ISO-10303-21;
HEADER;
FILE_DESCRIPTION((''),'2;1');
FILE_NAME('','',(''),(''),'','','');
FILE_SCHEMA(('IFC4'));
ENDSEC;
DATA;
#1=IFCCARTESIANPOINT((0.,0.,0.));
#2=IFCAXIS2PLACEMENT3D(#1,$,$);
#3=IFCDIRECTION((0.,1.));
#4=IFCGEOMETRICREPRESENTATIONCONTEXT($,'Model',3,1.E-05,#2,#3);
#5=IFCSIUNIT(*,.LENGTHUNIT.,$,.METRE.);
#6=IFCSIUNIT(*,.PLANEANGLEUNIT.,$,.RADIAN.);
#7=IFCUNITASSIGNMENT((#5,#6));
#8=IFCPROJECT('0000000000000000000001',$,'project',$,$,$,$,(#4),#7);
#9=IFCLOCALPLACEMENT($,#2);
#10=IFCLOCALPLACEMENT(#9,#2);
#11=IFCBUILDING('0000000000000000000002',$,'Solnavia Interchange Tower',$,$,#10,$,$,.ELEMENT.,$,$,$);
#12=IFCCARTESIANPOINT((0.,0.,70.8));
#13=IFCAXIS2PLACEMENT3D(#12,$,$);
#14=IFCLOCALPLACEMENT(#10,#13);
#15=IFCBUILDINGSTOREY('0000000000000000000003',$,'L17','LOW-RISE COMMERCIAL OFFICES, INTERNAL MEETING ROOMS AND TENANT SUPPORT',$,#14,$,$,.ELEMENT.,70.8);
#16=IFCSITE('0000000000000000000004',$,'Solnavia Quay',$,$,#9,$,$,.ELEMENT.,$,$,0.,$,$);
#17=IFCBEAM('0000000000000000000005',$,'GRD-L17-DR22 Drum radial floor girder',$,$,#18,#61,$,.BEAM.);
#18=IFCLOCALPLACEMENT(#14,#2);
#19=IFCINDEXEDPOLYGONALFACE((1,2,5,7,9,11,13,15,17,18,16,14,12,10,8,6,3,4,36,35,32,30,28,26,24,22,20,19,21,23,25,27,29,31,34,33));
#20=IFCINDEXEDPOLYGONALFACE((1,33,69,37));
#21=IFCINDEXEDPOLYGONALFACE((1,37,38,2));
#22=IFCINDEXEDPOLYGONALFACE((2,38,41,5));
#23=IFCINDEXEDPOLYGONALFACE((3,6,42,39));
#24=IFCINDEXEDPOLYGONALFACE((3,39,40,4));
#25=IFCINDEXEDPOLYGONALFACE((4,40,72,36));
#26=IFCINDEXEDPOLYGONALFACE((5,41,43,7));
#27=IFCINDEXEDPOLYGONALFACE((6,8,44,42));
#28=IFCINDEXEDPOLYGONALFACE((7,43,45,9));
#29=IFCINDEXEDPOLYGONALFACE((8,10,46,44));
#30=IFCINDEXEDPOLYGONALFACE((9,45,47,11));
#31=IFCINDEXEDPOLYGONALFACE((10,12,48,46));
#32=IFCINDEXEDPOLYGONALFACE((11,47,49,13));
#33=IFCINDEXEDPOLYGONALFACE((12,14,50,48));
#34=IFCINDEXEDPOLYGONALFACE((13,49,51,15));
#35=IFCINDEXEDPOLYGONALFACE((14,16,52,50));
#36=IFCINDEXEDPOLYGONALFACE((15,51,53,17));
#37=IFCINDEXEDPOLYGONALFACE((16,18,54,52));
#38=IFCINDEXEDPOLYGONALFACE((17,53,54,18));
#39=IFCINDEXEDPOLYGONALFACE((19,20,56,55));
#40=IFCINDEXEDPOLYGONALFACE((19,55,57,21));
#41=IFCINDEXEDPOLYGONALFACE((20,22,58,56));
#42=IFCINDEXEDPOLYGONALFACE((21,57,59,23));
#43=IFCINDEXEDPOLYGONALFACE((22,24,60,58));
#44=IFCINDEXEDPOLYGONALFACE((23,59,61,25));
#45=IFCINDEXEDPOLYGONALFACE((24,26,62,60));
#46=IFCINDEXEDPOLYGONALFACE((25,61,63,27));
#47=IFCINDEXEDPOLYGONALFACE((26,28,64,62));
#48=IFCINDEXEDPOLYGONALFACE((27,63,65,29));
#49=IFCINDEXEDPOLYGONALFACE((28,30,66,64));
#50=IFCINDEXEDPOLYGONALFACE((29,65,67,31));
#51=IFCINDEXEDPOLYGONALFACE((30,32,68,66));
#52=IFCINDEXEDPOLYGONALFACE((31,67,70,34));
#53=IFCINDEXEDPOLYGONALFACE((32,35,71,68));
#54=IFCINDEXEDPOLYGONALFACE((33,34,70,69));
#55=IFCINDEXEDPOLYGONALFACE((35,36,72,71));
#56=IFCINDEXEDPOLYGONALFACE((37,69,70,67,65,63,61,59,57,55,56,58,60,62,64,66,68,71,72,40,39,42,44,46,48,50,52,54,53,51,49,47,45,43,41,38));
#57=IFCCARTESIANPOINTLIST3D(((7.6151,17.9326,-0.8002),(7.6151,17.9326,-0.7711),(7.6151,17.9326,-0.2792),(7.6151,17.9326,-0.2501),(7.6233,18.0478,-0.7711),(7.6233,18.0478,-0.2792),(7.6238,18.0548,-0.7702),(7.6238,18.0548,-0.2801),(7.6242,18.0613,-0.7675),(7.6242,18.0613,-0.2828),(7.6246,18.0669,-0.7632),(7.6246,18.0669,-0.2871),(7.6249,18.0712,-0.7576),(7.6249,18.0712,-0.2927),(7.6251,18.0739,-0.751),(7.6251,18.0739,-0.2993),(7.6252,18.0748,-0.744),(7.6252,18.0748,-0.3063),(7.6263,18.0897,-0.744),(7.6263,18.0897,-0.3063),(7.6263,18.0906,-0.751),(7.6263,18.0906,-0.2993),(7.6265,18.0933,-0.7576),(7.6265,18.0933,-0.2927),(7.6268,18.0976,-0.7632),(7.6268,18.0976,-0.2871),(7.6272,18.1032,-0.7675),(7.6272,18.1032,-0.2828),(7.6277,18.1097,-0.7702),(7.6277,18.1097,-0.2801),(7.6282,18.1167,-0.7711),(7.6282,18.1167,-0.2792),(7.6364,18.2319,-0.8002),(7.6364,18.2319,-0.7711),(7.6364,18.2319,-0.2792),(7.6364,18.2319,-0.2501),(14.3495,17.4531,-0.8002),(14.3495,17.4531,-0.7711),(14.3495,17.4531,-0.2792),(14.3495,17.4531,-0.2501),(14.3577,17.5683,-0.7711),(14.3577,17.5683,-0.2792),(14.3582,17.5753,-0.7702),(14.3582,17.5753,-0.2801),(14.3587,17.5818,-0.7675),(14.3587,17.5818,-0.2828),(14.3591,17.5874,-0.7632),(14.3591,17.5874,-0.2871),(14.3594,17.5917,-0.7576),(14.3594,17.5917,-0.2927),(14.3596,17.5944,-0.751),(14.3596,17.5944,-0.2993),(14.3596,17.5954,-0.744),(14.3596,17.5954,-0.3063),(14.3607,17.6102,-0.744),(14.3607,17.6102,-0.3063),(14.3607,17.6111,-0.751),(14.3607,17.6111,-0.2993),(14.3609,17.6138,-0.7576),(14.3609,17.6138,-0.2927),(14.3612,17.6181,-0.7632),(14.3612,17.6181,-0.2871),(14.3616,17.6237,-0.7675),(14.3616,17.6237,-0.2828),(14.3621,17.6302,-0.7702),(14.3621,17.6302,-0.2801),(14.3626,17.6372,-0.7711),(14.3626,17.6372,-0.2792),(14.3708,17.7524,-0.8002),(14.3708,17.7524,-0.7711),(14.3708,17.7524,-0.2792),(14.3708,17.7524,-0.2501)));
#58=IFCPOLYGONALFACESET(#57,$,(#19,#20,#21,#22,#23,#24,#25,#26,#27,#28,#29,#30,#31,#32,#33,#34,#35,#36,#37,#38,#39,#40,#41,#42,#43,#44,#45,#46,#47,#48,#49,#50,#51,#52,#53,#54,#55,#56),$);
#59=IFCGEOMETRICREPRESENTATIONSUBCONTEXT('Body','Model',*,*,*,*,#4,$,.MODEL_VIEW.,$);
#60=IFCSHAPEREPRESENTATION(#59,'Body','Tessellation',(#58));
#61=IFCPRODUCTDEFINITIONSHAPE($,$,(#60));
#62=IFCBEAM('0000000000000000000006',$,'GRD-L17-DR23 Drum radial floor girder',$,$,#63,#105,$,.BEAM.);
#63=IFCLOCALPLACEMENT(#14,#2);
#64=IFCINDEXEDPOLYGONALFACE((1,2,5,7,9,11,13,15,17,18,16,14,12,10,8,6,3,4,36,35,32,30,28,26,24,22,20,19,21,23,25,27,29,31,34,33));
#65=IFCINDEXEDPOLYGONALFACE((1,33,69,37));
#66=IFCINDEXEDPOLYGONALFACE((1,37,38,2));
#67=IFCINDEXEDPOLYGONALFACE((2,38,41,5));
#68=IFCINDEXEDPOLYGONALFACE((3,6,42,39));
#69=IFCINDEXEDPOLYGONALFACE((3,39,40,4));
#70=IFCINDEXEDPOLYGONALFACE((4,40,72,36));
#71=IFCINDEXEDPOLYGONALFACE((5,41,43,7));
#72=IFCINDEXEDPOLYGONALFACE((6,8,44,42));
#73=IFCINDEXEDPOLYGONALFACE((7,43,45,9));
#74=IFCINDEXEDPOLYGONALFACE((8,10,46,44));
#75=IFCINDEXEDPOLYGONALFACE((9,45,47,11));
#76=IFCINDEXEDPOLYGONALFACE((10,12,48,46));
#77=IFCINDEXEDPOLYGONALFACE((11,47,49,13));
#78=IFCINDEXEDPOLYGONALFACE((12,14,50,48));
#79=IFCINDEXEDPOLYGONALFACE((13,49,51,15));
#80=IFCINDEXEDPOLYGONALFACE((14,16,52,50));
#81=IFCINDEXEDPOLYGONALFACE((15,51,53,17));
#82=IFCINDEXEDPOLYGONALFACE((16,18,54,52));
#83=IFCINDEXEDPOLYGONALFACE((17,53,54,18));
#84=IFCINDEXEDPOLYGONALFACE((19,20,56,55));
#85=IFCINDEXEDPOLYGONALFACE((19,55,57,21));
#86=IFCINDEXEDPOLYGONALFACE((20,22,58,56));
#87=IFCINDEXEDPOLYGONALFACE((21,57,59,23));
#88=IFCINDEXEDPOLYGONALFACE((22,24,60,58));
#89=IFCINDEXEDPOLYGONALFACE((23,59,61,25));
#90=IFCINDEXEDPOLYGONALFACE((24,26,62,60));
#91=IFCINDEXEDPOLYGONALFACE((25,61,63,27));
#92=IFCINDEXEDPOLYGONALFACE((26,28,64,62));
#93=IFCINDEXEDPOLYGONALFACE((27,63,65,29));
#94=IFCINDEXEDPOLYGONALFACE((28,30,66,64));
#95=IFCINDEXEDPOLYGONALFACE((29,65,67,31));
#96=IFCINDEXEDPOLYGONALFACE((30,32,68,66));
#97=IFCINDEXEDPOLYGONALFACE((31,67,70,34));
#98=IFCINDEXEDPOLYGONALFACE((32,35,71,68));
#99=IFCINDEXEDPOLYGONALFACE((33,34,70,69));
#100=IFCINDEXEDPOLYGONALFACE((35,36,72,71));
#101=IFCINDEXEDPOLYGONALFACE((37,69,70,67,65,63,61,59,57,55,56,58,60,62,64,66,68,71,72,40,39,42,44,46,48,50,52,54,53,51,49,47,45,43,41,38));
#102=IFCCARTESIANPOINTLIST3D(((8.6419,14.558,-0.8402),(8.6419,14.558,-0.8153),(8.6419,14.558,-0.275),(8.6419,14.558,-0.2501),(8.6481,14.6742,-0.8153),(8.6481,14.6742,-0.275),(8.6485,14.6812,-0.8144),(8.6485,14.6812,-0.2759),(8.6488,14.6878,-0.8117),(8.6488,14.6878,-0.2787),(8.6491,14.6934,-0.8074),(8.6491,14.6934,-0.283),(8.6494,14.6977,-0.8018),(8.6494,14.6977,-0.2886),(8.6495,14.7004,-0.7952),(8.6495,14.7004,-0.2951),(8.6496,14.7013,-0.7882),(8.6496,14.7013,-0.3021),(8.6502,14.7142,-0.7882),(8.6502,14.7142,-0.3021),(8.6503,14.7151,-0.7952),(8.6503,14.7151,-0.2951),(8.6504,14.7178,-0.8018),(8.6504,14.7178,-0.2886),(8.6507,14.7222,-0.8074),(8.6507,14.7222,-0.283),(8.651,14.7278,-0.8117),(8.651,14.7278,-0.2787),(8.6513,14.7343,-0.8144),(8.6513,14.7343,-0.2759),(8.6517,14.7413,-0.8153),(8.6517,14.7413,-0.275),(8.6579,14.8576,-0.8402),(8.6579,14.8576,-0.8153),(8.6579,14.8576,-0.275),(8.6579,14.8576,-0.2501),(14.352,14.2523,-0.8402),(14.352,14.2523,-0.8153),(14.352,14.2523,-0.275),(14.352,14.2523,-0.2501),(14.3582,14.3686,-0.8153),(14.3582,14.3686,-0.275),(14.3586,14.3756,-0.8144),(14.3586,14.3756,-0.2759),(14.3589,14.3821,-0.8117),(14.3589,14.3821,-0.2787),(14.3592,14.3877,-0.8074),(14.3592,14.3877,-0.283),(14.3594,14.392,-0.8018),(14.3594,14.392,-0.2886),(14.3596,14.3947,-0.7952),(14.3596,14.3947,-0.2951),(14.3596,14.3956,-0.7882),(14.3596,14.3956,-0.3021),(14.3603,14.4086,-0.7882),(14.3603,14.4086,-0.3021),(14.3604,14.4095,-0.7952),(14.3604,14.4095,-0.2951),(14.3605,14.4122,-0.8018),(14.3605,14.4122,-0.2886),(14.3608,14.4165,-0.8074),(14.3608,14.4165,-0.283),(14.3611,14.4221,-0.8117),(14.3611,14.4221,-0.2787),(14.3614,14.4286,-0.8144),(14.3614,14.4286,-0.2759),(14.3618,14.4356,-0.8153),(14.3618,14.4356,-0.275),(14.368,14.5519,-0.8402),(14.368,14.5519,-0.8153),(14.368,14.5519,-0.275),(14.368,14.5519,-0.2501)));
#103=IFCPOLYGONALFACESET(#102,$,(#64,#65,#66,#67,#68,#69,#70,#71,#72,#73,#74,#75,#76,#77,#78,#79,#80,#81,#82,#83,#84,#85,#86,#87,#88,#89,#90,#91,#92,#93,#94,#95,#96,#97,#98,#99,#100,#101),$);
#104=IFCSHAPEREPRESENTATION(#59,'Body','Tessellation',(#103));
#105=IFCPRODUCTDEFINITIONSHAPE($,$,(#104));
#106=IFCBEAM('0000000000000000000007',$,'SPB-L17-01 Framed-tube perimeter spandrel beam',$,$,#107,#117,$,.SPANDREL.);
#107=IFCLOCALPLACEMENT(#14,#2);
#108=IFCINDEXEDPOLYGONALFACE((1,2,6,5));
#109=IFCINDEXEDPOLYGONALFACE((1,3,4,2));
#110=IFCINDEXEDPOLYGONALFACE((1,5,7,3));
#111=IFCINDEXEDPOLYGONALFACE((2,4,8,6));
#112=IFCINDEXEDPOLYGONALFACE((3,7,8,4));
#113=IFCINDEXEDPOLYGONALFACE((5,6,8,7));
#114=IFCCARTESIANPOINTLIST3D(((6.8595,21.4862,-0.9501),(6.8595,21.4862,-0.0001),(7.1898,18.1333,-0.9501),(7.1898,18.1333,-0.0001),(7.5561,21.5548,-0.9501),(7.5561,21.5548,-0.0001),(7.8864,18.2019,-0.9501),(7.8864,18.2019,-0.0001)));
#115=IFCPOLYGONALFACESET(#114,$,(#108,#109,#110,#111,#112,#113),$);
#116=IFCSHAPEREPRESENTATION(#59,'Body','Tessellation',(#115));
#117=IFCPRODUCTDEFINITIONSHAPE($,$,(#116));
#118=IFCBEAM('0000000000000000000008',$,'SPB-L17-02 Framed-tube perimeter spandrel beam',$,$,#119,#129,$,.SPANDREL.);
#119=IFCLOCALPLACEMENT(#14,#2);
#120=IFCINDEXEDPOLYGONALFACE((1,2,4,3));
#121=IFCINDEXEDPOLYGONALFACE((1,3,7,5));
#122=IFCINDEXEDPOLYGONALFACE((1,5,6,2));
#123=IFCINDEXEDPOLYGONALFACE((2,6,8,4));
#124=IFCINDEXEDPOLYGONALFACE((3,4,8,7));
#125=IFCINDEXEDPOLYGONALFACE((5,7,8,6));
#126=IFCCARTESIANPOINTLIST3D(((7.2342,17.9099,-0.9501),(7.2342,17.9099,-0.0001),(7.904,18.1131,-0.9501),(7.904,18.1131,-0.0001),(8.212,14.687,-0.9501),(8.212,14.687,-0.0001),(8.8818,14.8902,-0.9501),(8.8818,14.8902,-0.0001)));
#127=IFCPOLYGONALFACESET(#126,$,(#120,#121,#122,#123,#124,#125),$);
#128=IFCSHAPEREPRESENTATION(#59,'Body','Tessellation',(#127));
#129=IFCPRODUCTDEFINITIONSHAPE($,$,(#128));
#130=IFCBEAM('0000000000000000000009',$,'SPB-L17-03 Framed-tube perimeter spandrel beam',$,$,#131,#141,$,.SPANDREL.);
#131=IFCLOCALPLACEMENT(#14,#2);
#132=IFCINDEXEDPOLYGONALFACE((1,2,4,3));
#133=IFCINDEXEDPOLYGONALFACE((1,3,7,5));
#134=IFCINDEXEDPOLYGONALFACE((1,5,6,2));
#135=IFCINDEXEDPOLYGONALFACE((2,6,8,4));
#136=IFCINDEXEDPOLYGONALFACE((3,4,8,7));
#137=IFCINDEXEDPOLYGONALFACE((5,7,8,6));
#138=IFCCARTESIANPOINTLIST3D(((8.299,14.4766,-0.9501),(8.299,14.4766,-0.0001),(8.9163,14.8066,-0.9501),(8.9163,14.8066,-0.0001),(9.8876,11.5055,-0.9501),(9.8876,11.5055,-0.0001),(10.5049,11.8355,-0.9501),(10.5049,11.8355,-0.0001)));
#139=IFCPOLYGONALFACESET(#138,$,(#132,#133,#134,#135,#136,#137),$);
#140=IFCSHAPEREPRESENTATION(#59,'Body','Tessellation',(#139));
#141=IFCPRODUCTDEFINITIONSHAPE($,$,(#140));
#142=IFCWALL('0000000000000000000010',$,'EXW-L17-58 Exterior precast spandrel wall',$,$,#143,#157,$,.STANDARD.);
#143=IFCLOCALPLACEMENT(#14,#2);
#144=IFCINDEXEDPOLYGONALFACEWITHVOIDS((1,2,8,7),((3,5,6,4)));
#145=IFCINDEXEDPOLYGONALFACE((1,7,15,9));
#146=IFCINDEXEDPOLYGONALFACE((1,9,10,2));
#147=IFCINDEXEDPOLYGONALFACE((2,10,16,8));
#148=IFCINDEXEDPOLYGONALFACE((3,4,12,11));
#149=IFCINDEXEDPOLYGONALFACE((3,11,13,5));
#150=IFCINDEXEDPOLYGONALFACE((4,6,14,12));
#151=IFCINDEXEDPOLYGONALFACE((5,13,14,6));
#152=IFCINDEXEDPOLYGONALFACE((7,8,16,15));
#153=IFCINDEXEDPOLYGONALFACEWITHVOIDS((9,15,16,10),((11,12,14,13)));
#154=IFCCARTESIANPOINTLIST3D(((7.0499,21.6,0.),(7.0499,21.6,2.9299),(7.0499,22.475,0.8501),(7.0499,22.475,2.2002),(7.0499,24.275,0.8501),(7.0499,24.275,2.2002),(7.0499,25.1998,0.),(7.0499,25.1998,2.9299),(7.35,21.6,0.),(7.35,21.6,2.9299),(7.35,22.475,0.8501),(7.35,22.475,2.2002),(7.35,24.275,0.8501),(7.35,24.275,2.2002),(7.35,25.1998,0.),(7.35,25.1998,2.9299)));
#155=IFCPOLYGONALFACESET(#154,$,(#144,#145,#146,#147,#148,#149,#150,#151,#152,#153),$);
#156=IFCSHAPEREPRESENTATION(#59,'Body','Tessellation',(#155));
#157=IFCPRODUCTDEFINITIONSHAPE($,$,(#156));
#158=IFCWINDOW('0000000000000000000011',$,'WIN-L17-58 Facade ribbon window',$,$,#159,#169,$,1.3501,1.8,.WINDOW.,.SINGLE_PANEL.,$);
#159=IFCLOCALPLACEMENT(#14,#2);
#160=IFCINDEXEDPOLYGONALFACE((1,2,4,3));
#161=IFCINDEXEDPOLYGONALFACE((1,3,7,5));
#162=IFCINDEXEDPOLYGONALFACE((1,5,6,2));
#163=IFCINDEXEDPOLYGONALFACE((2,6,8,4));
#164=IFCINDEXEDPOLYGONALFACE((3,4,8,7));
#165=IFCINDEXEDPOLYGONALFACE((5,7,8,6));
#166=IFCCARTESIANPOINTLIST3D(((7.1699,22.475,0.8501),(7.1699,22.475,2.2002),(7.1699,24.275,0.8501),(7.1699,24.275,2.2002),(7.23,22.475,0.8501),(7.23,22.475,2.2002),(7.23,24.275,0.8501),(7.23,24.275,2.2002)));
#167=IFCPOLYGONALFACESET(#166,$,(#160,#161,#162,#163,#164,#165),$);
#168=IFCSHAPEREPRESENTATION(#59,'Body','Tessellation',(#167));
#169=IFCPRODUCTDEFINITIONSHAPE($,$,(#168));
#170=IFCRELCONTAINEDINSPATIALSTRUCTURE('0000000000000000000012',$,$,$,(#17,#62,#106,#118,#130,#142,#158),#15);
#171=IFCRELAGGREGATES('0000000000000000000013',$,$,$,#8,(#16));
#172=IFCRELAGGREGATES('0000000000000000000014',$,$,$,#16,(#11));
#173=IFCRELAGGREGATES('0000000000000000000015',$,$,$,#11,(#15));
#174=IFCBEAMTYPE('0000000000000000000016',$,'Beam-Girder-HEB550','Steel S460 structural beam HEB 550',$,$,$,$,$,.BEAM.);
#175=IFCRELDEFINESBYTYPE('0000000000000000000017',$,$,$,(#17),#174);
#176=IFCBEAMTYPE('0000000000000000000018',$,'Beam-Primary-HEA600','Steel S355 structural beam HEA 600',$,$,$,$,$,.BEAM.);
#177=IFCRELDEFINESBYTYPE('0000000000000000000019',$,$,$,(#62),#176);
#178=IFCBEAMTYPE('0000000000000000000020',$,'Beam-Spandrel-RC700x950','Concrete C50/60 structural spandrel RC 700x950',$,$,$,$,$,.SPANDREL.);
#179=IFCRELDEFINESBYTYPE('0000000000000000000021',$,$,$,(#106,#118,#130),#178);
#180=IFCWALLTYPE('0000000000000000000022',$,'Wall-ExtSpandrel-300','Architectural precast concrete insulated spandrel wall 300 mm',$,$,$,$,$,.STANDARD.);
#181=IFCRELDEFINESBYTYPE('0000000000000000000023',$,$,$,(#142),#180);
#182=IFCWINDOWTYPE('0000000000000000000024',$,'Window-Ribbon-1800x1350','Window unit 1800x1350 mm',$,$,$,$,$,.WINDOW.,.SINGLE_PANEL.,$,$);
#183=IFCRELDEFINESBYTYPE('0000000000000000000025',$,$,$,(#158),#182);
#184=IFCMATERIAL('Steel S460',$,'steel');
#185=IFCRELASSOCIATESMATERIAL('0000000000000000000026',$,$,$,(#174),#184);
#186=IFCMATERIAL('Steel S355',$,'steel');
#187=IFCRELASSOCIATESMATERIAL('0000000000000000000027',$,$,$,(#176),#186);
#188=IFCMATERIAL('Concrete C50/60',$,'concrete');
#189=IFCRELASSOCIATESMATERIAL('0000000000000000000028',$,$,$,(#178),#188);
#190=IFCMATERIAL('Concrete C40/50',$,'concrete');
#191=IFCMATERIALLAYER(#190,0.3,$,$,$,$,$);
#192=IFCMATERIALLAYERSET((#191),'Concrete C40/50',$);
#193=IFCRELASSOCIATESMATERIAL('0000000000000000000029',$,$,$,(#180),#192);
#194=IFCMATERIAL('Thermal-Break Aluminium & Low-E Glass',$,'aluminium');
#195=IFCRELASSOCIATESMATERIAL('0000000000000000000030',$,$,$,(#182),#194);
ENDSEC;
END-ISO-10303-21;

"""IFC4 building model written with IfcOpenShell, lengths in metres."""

from ifc_helpers import new_model, si_unit, direction, frame, frame_2d, origin, origin_2d, place, context, subcontext, project, spatial, rectangle, i_section, extrude, material, layer, layer_set, material_profile, profile_set, type_object, element, fill, save


model = new_model("IFC4")

# Units and contexts
model_context = context("Model", 3, precision=1e-05, world=origin(), true_north=direction((0.0, 1.0)))
body_context = subcontext(model_context, "Body", "Model", "MODEL_VIEW")
ifc_project = project(units=[si_unit("LENGTHUNIT", "METRE"), si_unit("PLANEANGLEUNIT", "RADIAN")], contexts=[model_context])

# Site, building, storey
site_placement = place(None, origin())
site = spatial("IfcSite", under=ifc_project, at=site_placement, Name="Solnavia Quay", CompositionType="ELEMENT", RefElevation=0.0)
building_placement = place(site_placement, origin())
building = spatial("IfcBuilding", under=site, at=building_placement, Name="Solnavia Interchange Tower", CompositionType="ELEMENT")
storey_placement = place(building_placement, frame((0.0, 0.0, 70.8)))
storey = spatial("IfcBuildingStorey", under=building, at=storey_placement, Name="L17", Description="LOW-RISE COMMERCIAL OFFICES, INTERNAL MEETING ROOMS AND TENANT SUPPORT", CompositionType="ELEMENT", Elevation=70.8)

# Beams
ifc_material_1 = material(Name="Concrete C50/60", Category="concrete")
ifc_material_2 = material(Name="Steel S460", Category="steel")
ifc_material_profile_1 = material_profile(ifc_material_2, i_section(OverallWidth=0.3, OverallDepth=0.55, WebThickness=0.0149, FlangeThickness=0.0291, FilletRadius=0.0271, at=origin_2d()), Name="HEB 550")
ifc_profile_set_1 = profile_set([ifc_material_profile_1], Name="Steel S460")
beam_type_1 = type_object("IfcBeamType", Name="Beam-Girder-HEB550", Description="Steel S460 structural beam HEB 550", PredefinedType="BEAM", material=ifc_profile_set_1)
beam_1_placement = place(storey_placement, frame((7.6257, 18.0823, -0.5251), z_axis=(0.997475, -0.071021, 0.0), x_axis=(0.071021, 0.997475, 0.0)))
element("IfcBeam", 1, at=beam_1_placement, inside=storey, type_object=beam_type_1, Name="GRD-L17-DR22 Drum radial floor girder", PredefinedType="BEAM", context=body_context, shape_type="SweptSolid", body=[
    extrude(i_section(OverallWidth=0.3, OverallDepth=0.55, WebThickness=0.0149, FlangeThickness=0.0291, FilletRadius=0.0271, at=origin_2d()), origin(), (0.0, 0.0, 1.0), 6.7515),
])
ifc_material_3 = material(Name="Steel S355", Category="steel")
ifc_material_profile_2 = material_profile(ifc_material_3, i_section(OverallWidth=0.3, OverallDepth=0.5901, WebThickness=0.0129, FlangeThickness=0.0249, FilletRadius=0.0271, at=origin_2d()), Name="HEA 600")
ifc_profile_set_2 = profile_set([ifc_material_profile_2], Name="Steel S355")
beam_type_2 = type_object("IfcBeamType", Name="Beam-Primary-HEA600", Description="Steel S355 structural beam HEA 600", PredefinedType="BEAM", material=ifc_profile_set_2)
beam_2_placement = place(storey_placement, frame((8.6499, 14.7078, -0.5452), z_axis=(0.99857, -0.053453, 0.0), x_axis=(0.053453, 0.99857, 0.0)))
element("IfcBeam", 2, at=beam_2_placement, inside=storey, type_object=beam_type_2, Name="GRD-L17-DR23 Drum radial floor girder", PredefinedType="BEAM", context=body_context, shape_type="SweptSolid", body=[
    extrude(i_section(OverallWidth=0.3, OverallDepth=0.5901, WebThickness=0.0129, FlangeThickness=0.0249, FilletRadius=0.0271, at=origin_2d()), origin(), (0.0, 0.0, 1.0), 5.7183),
])
ifc_material_profile_3 = material_profile(ifc_material_1, rectangle(XDim=0.7, YDim=0.95, at=origin_2d()), Name="RC 700x950")
ifc_profile_set_3 = profile_set([ifc_material_profile_3], Name="Concrete C50/60")
beam_type_3 = type_object("IfcBeamType", Name="Beam-Spandrel-RC700x950", Description="Concrete C50/60 structural spandrel RC 700x950", PredefinedType="SPANDREL", material=ifc_profile_set_3)
beam_3_placement = place(storey_placement, frame((7.2078, 21.5205, -0.4751), z_axis=(0.09804, -0.995182, 0.0), x_axis=(0.995182, 0.09804, 0.0)))
element("IfcBeam", 3, at=beam_3_placement, inside=storey, type_object=beam_type_3, Name="SPB-L17-01 Framed-tube perimeter spandrel beam", PredefinedType="SPANDREL", context=body_context, shape_type="SweptSolid", body=[
    extrude(rectangle(XDim=0.7, YDim=0.95, at=origin_2d()), origin(), (0.0, 0.0, 1.0), 3.3691),
])
beam_4_placement = place(storey_placement, frame((7.5691, 18.0115, -0.4751), z_axis=(0.290319, -0.95693, 0.0), x_axis=(0.95693, 0.290319, 0.0)))
element("IfcBeam", 4, at=beam_4_placement, inside=storey, type_object=beam_type_3, Name="SPB-L17-02 Framed-tube perimeter spandrel beam", PredefinedType="SPANDREL", context=body_context, shape_type="SweptSolid", body=[
    extrude(rectangle(XDim=0.7, YDim=0.95, at=origin_2d()), origin(), (0.0, 0.0, 1.0), 3.3679),
])
beam_5_placement = place(storey_placement, frame((8.6077, 14.6416, -0.4751), z_axis=(0.471509, -0.881861, 0.0), x_axis=(0.881861, 0.471509, 0.0)))
element("IfcBeam", 5, at=beam_5_placement, inside=storey, type_object=beam_type_3, Name="SPB-L17-03 Framed-tube perimeter spandrel beam", PredefinedType="SPANDREL", context=body_context, shape_type="SweptSolid", body=[
    extrude(rectangle(XDim=0.7, YDim=0.95, at=origin_2d()), origin(), (0.0, 0.0, 1.0), 3.3691),
])

# Wall, opening, window
ifc_material_4 = material(Name="Concrete C40/50", Category="concrete")
ifc_layer_1 = layer(ifc_material_4, 0.3)
ifc_layer_set_1 = layer_set([ifc_layer_1], Name="Concrete C40/50")
wall_type_1 = type_object("IfcWallType", Name="Wall-ExtSpandrel-300", Description="Architectural precast concrete insulated spandrel wall 300 mm", PredefinedType="STANDARD", material=ifc_layer_set_1)
wall_1_placement = place(storey_placement, frame((7.2, 21.6001, 0.0), z_axis=(0.0, 0.0, 1.0), x_axis=(0.0, 1.0, 0.0)))
wall_1 = element("IfcWall", 6, at=wall_1_placement, inside=storey, type_object=wall_type_1, Name="EXW-L17-58 Exterior precast spandrel wall", PredefinedType="STANDARD", context=body_context, shape_type="SweptSolid", body=[
    extrude(rectangle(XDim=3.5999, YDim=0.3, at=frame_2d((1.7998, 0.0))), origin(), (0.0, 0.0, 1.0), 2.9299),
])
opening_1_placement = place(wall_1_placement, frame((0.875, 0.0, 0.8501)))
opening_1 = element("IfcOpeningElement", 7, at=opening_1_placement, cuts=wall_1, PredefinedType="OPENING", context=body_context, shape_type="SweptSolid", body=[
    extrude(rectangle(XDim=1.8, YDim=1.3501, at=frame_2d((0.8999, 0.675))), frame((0.0, 0.1602, 0.0), z_axis=(0.0, -1.0, 0.0), x_axis=(1.0, 0.0, 0.0)), (0.0, 0.0, 1.0), 0.3201),
])
ifc_material_5 = material(Name="Thermal-Break Aluminium & Low-E Glass", Category="aluminium")
window_type_1 = type_object("IfcWindowType", Name="Window-Ribbon-1800x1350", Description="Window unit 1800x1350 mm", PartitioningType="SINGLE_PANEL", PredefinedType="WINDOW", material=ifc_material_5)
window_1_placement = place(opening_1_placement, origin())
window_1 = element("IfcWindow", 8, at=window_1_placement, inside=storey, type_object=window_type_1, Name="WIN-L17-58 Facade ribbon window", OverallHeight=1.3501, OverallWidth=1.8, PartitioningType="SINGLE_PANEL", PredefinedType="WINDOW", context=body_context, shape_type="SweptSolid", body=[
    extrude(rectangle(XDim=1.8, YDim=1.3501, at=frame_2d((0.8999, 0.675))), frame((0.0, 0.03, 0.0), z_axis=(0.0, -1.0, 0.0), x_axis=(1.0, 0.0, 0.0)), (0.0, 0.0, 1.0), 0.0601),
])
fill(opening_1, window_1)

save(model, "model.ifc")
